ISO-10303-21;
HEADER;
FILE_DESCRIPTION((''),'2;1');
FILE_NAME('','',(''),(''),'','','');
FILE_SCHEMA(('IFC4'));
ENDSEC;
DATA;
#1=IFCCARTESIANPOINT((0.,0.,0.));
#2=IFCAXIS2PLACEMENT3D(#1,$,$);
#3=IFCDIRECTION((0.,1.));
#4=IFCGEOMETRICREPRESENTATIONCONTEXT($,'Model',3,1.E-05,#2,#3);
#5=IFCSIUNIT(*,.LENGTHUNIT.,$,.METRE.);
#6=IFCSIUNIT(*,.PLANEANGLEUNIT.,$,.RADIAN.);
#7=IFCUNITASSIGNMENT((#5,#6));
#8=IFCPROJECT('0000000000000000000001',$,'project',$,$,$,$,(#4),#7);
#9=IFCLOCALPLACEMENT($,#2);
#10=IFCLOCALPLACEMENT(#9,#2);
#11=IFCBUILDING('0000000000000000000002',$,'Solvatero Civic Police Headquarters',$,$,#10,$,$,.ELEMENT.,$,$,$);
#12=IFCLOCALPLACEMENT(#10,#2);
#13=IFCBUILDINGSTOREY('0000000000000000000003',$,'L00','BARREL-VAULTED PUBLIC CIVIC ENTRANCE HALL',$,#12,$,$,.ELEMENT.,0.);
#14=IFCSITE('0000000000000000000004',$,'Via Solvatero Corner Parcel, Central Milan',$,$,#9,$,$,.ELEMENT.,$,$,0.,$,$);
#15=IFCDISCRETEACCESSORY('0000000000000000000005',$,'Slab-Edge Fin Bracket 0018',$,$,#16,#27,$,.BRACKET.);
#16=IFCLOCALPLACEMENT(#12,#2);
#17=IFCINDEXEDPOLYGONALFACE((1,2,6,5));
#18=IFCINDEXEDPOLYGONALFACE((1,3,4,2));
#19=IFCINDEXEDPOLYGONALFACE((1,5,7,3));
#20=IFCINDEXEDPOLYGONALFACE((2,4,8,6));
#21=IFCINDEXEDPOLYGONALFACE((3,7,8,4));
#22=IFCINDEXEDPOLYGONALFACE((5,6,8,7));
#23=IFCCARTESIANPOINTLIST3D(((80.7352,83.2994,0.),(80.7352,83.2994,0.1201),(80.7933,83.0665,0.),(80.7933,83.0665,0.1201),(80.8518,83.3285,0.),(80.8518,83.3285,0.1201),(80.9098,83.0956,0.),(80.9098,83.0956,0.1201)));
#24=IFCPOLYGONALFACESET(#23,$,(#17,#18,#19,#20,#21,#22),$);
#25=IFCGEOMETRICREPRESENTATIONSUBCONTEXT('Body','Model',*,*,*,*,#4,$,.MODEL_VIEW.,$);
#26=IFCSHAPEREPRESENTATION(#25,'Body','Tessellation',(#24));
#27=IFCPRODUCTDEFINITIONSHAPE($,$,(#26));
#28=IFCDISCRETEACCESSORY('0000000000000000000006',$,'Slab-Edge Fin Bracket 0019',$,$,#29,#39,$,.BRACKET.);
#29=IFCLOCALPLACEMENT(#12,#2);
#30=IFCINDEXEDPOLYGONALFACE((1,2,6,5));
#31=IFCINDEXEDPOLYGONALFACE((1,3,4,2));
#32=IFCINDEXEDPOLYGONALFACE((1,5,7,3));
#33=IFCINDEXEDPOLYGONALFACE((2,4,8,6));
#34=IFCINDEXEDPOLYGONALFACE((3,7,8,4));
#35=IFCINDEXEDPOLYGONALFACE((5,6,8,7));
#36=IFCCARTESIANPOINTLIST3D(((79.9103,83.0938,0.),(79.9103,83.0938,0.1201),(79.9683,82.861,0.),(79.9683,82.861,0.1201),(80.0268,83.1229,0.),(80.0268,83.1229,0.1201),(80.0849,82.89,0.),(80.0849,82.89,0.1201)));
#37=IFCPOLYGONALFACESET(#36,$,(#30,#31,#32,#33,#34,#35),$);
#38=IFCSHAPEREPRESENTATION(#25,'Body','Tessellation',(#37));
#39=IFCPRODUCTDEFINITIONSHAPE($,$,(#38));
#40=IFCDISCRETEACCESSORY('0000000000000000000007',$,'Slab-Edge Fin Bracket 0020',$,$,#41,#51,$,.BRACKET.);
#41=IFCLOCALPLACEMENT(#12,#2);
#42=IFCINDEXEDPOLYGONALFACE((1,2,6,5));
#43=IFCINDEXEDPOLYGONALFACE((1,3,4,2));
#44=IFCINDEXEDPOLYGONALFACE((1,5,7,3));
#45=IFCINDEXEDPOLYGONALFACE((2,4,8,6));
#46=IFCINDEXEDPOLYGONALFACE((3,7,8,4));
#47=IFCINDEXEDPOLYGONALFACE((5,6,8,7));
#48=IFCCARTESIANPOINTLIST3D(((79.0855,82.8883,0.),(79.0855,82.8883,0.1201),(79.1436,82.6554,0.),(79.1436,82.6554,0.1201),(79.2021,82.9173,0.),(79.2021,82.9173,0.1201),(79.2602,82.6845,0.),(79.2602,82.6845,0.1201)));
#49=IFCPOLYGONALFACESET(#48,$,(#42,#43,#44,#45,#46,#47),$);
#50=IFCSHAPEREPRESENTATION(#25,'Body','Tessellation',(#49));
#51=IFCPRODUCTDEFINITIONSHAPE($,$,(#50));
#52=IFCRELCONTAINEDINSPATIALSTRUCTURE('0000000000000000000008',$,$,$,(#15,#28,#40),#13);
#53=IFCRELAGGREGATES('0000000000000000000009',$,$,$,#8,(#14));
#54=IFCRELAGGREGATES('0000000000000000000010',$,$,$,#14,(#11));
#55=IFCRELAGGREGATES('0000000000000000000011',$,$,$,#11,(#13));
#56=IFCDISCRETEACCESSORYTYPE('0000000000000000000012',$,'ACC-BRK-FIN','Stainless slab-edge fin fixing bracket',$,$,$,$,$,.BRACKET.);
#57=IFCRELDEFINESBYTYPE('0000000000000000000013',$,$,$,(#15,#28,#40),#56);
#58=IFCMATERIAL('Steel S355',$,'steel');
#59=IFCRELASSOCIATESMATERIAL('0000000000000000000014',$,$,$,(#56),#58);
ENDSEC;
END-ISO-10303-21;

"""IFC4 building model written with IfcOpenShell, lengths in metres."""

from ifc_helpers import new_model, si_unit, direction, frame, origin, origin_2d, place, context, subcontext, project, spatial, rectangle, extrude, material, type_object, element, save


model = new_model("IFC4")

# Units and contexts
model_context = context("Model", 3, precision=1e-05, world=origin(), true_north=direction((0.0, 1.0)))
body_context = subcontext(model_context, "Body", "Model", "MODEL_VIEW")
ifc_project = project(units=[si_unit("LENGTHUNIT", "METRE"), si_unit("PLANEANGLEUNIT", "RADIAN")], contexts=[model_context])

# Site, building, storey
site_placement = place(None, origin())
site = spatial("IfcSite", under=ifc_project, at=site_placement, Name="Via Solvatero Corner Parcel, Central Milan", CompositionType="ELEMENT", RefElevation=0.0)
building_placement = place(site_placement, origin())
building = spatial("IfcBuilding", under=site, at=building_placement, Name="Solvatero Civic Police Headquarters", CompositionType="ELEMENT")
storey_placement = place(building_placement, origin())
storey = spatial("IfcBuildingStorey", under=building, at=storey_placement, Name="L00", Description="BARREL-VAULTED PUBLIC CIVIC ENTRANCE HALL", CompositionType="ELEMENT", Elevation=0.0)

# Shared definitions
ifc_material_1 = material(Name="Steel S355", Category="steel")

# Discrete accessories
discrete_accessory_type = type_object("IfcDiscreteAccessoryType", Name="ACC-BRK-FIN", Description="Stainless slab-edge fin fixing bracket", PredefinedType="BRACKET", material=ifc_material_1)
for number, where, z_axis, x_axis, name in (
    (1, (80.8225, 83.1975, 0.0), (0.0, 0.0, 1.0), (-0.970296, -0.241922, 0.0), "Slab-Edge Fin Bracket 0018"),
    (2, (79.9976, 82.9919, 0.0), (0.0, 0.0, 1.0), (-0.970296, -0.241922, 0.0), "Slab-Edge Fin Bracket 0019"),
    (3, (79.1729, 82.7864, 0.0), (0.0, 0.0, 1.0), (-0.970296, -0.241922, 0.0), "Slab-Edge Fin Bracket 0020"),
):
    element("IfcDiscreteAccessory", number, at=place(storey_placement, frame(where, z_axis=z_axis, x_axis=x_axis)), inside=storey, type_object=discrete_accessory_type, Name=name, PredefinedType="BRACKET", context=body_context, shape_type="SweptSolid", body=[
        extrude(rectangle(XDim=0.1201, YDim=0.24, at=origin_2d()), origin(), (0.0, 0.0, 1.0), 0.1201),
    ])

save(model, "model.ifc")
